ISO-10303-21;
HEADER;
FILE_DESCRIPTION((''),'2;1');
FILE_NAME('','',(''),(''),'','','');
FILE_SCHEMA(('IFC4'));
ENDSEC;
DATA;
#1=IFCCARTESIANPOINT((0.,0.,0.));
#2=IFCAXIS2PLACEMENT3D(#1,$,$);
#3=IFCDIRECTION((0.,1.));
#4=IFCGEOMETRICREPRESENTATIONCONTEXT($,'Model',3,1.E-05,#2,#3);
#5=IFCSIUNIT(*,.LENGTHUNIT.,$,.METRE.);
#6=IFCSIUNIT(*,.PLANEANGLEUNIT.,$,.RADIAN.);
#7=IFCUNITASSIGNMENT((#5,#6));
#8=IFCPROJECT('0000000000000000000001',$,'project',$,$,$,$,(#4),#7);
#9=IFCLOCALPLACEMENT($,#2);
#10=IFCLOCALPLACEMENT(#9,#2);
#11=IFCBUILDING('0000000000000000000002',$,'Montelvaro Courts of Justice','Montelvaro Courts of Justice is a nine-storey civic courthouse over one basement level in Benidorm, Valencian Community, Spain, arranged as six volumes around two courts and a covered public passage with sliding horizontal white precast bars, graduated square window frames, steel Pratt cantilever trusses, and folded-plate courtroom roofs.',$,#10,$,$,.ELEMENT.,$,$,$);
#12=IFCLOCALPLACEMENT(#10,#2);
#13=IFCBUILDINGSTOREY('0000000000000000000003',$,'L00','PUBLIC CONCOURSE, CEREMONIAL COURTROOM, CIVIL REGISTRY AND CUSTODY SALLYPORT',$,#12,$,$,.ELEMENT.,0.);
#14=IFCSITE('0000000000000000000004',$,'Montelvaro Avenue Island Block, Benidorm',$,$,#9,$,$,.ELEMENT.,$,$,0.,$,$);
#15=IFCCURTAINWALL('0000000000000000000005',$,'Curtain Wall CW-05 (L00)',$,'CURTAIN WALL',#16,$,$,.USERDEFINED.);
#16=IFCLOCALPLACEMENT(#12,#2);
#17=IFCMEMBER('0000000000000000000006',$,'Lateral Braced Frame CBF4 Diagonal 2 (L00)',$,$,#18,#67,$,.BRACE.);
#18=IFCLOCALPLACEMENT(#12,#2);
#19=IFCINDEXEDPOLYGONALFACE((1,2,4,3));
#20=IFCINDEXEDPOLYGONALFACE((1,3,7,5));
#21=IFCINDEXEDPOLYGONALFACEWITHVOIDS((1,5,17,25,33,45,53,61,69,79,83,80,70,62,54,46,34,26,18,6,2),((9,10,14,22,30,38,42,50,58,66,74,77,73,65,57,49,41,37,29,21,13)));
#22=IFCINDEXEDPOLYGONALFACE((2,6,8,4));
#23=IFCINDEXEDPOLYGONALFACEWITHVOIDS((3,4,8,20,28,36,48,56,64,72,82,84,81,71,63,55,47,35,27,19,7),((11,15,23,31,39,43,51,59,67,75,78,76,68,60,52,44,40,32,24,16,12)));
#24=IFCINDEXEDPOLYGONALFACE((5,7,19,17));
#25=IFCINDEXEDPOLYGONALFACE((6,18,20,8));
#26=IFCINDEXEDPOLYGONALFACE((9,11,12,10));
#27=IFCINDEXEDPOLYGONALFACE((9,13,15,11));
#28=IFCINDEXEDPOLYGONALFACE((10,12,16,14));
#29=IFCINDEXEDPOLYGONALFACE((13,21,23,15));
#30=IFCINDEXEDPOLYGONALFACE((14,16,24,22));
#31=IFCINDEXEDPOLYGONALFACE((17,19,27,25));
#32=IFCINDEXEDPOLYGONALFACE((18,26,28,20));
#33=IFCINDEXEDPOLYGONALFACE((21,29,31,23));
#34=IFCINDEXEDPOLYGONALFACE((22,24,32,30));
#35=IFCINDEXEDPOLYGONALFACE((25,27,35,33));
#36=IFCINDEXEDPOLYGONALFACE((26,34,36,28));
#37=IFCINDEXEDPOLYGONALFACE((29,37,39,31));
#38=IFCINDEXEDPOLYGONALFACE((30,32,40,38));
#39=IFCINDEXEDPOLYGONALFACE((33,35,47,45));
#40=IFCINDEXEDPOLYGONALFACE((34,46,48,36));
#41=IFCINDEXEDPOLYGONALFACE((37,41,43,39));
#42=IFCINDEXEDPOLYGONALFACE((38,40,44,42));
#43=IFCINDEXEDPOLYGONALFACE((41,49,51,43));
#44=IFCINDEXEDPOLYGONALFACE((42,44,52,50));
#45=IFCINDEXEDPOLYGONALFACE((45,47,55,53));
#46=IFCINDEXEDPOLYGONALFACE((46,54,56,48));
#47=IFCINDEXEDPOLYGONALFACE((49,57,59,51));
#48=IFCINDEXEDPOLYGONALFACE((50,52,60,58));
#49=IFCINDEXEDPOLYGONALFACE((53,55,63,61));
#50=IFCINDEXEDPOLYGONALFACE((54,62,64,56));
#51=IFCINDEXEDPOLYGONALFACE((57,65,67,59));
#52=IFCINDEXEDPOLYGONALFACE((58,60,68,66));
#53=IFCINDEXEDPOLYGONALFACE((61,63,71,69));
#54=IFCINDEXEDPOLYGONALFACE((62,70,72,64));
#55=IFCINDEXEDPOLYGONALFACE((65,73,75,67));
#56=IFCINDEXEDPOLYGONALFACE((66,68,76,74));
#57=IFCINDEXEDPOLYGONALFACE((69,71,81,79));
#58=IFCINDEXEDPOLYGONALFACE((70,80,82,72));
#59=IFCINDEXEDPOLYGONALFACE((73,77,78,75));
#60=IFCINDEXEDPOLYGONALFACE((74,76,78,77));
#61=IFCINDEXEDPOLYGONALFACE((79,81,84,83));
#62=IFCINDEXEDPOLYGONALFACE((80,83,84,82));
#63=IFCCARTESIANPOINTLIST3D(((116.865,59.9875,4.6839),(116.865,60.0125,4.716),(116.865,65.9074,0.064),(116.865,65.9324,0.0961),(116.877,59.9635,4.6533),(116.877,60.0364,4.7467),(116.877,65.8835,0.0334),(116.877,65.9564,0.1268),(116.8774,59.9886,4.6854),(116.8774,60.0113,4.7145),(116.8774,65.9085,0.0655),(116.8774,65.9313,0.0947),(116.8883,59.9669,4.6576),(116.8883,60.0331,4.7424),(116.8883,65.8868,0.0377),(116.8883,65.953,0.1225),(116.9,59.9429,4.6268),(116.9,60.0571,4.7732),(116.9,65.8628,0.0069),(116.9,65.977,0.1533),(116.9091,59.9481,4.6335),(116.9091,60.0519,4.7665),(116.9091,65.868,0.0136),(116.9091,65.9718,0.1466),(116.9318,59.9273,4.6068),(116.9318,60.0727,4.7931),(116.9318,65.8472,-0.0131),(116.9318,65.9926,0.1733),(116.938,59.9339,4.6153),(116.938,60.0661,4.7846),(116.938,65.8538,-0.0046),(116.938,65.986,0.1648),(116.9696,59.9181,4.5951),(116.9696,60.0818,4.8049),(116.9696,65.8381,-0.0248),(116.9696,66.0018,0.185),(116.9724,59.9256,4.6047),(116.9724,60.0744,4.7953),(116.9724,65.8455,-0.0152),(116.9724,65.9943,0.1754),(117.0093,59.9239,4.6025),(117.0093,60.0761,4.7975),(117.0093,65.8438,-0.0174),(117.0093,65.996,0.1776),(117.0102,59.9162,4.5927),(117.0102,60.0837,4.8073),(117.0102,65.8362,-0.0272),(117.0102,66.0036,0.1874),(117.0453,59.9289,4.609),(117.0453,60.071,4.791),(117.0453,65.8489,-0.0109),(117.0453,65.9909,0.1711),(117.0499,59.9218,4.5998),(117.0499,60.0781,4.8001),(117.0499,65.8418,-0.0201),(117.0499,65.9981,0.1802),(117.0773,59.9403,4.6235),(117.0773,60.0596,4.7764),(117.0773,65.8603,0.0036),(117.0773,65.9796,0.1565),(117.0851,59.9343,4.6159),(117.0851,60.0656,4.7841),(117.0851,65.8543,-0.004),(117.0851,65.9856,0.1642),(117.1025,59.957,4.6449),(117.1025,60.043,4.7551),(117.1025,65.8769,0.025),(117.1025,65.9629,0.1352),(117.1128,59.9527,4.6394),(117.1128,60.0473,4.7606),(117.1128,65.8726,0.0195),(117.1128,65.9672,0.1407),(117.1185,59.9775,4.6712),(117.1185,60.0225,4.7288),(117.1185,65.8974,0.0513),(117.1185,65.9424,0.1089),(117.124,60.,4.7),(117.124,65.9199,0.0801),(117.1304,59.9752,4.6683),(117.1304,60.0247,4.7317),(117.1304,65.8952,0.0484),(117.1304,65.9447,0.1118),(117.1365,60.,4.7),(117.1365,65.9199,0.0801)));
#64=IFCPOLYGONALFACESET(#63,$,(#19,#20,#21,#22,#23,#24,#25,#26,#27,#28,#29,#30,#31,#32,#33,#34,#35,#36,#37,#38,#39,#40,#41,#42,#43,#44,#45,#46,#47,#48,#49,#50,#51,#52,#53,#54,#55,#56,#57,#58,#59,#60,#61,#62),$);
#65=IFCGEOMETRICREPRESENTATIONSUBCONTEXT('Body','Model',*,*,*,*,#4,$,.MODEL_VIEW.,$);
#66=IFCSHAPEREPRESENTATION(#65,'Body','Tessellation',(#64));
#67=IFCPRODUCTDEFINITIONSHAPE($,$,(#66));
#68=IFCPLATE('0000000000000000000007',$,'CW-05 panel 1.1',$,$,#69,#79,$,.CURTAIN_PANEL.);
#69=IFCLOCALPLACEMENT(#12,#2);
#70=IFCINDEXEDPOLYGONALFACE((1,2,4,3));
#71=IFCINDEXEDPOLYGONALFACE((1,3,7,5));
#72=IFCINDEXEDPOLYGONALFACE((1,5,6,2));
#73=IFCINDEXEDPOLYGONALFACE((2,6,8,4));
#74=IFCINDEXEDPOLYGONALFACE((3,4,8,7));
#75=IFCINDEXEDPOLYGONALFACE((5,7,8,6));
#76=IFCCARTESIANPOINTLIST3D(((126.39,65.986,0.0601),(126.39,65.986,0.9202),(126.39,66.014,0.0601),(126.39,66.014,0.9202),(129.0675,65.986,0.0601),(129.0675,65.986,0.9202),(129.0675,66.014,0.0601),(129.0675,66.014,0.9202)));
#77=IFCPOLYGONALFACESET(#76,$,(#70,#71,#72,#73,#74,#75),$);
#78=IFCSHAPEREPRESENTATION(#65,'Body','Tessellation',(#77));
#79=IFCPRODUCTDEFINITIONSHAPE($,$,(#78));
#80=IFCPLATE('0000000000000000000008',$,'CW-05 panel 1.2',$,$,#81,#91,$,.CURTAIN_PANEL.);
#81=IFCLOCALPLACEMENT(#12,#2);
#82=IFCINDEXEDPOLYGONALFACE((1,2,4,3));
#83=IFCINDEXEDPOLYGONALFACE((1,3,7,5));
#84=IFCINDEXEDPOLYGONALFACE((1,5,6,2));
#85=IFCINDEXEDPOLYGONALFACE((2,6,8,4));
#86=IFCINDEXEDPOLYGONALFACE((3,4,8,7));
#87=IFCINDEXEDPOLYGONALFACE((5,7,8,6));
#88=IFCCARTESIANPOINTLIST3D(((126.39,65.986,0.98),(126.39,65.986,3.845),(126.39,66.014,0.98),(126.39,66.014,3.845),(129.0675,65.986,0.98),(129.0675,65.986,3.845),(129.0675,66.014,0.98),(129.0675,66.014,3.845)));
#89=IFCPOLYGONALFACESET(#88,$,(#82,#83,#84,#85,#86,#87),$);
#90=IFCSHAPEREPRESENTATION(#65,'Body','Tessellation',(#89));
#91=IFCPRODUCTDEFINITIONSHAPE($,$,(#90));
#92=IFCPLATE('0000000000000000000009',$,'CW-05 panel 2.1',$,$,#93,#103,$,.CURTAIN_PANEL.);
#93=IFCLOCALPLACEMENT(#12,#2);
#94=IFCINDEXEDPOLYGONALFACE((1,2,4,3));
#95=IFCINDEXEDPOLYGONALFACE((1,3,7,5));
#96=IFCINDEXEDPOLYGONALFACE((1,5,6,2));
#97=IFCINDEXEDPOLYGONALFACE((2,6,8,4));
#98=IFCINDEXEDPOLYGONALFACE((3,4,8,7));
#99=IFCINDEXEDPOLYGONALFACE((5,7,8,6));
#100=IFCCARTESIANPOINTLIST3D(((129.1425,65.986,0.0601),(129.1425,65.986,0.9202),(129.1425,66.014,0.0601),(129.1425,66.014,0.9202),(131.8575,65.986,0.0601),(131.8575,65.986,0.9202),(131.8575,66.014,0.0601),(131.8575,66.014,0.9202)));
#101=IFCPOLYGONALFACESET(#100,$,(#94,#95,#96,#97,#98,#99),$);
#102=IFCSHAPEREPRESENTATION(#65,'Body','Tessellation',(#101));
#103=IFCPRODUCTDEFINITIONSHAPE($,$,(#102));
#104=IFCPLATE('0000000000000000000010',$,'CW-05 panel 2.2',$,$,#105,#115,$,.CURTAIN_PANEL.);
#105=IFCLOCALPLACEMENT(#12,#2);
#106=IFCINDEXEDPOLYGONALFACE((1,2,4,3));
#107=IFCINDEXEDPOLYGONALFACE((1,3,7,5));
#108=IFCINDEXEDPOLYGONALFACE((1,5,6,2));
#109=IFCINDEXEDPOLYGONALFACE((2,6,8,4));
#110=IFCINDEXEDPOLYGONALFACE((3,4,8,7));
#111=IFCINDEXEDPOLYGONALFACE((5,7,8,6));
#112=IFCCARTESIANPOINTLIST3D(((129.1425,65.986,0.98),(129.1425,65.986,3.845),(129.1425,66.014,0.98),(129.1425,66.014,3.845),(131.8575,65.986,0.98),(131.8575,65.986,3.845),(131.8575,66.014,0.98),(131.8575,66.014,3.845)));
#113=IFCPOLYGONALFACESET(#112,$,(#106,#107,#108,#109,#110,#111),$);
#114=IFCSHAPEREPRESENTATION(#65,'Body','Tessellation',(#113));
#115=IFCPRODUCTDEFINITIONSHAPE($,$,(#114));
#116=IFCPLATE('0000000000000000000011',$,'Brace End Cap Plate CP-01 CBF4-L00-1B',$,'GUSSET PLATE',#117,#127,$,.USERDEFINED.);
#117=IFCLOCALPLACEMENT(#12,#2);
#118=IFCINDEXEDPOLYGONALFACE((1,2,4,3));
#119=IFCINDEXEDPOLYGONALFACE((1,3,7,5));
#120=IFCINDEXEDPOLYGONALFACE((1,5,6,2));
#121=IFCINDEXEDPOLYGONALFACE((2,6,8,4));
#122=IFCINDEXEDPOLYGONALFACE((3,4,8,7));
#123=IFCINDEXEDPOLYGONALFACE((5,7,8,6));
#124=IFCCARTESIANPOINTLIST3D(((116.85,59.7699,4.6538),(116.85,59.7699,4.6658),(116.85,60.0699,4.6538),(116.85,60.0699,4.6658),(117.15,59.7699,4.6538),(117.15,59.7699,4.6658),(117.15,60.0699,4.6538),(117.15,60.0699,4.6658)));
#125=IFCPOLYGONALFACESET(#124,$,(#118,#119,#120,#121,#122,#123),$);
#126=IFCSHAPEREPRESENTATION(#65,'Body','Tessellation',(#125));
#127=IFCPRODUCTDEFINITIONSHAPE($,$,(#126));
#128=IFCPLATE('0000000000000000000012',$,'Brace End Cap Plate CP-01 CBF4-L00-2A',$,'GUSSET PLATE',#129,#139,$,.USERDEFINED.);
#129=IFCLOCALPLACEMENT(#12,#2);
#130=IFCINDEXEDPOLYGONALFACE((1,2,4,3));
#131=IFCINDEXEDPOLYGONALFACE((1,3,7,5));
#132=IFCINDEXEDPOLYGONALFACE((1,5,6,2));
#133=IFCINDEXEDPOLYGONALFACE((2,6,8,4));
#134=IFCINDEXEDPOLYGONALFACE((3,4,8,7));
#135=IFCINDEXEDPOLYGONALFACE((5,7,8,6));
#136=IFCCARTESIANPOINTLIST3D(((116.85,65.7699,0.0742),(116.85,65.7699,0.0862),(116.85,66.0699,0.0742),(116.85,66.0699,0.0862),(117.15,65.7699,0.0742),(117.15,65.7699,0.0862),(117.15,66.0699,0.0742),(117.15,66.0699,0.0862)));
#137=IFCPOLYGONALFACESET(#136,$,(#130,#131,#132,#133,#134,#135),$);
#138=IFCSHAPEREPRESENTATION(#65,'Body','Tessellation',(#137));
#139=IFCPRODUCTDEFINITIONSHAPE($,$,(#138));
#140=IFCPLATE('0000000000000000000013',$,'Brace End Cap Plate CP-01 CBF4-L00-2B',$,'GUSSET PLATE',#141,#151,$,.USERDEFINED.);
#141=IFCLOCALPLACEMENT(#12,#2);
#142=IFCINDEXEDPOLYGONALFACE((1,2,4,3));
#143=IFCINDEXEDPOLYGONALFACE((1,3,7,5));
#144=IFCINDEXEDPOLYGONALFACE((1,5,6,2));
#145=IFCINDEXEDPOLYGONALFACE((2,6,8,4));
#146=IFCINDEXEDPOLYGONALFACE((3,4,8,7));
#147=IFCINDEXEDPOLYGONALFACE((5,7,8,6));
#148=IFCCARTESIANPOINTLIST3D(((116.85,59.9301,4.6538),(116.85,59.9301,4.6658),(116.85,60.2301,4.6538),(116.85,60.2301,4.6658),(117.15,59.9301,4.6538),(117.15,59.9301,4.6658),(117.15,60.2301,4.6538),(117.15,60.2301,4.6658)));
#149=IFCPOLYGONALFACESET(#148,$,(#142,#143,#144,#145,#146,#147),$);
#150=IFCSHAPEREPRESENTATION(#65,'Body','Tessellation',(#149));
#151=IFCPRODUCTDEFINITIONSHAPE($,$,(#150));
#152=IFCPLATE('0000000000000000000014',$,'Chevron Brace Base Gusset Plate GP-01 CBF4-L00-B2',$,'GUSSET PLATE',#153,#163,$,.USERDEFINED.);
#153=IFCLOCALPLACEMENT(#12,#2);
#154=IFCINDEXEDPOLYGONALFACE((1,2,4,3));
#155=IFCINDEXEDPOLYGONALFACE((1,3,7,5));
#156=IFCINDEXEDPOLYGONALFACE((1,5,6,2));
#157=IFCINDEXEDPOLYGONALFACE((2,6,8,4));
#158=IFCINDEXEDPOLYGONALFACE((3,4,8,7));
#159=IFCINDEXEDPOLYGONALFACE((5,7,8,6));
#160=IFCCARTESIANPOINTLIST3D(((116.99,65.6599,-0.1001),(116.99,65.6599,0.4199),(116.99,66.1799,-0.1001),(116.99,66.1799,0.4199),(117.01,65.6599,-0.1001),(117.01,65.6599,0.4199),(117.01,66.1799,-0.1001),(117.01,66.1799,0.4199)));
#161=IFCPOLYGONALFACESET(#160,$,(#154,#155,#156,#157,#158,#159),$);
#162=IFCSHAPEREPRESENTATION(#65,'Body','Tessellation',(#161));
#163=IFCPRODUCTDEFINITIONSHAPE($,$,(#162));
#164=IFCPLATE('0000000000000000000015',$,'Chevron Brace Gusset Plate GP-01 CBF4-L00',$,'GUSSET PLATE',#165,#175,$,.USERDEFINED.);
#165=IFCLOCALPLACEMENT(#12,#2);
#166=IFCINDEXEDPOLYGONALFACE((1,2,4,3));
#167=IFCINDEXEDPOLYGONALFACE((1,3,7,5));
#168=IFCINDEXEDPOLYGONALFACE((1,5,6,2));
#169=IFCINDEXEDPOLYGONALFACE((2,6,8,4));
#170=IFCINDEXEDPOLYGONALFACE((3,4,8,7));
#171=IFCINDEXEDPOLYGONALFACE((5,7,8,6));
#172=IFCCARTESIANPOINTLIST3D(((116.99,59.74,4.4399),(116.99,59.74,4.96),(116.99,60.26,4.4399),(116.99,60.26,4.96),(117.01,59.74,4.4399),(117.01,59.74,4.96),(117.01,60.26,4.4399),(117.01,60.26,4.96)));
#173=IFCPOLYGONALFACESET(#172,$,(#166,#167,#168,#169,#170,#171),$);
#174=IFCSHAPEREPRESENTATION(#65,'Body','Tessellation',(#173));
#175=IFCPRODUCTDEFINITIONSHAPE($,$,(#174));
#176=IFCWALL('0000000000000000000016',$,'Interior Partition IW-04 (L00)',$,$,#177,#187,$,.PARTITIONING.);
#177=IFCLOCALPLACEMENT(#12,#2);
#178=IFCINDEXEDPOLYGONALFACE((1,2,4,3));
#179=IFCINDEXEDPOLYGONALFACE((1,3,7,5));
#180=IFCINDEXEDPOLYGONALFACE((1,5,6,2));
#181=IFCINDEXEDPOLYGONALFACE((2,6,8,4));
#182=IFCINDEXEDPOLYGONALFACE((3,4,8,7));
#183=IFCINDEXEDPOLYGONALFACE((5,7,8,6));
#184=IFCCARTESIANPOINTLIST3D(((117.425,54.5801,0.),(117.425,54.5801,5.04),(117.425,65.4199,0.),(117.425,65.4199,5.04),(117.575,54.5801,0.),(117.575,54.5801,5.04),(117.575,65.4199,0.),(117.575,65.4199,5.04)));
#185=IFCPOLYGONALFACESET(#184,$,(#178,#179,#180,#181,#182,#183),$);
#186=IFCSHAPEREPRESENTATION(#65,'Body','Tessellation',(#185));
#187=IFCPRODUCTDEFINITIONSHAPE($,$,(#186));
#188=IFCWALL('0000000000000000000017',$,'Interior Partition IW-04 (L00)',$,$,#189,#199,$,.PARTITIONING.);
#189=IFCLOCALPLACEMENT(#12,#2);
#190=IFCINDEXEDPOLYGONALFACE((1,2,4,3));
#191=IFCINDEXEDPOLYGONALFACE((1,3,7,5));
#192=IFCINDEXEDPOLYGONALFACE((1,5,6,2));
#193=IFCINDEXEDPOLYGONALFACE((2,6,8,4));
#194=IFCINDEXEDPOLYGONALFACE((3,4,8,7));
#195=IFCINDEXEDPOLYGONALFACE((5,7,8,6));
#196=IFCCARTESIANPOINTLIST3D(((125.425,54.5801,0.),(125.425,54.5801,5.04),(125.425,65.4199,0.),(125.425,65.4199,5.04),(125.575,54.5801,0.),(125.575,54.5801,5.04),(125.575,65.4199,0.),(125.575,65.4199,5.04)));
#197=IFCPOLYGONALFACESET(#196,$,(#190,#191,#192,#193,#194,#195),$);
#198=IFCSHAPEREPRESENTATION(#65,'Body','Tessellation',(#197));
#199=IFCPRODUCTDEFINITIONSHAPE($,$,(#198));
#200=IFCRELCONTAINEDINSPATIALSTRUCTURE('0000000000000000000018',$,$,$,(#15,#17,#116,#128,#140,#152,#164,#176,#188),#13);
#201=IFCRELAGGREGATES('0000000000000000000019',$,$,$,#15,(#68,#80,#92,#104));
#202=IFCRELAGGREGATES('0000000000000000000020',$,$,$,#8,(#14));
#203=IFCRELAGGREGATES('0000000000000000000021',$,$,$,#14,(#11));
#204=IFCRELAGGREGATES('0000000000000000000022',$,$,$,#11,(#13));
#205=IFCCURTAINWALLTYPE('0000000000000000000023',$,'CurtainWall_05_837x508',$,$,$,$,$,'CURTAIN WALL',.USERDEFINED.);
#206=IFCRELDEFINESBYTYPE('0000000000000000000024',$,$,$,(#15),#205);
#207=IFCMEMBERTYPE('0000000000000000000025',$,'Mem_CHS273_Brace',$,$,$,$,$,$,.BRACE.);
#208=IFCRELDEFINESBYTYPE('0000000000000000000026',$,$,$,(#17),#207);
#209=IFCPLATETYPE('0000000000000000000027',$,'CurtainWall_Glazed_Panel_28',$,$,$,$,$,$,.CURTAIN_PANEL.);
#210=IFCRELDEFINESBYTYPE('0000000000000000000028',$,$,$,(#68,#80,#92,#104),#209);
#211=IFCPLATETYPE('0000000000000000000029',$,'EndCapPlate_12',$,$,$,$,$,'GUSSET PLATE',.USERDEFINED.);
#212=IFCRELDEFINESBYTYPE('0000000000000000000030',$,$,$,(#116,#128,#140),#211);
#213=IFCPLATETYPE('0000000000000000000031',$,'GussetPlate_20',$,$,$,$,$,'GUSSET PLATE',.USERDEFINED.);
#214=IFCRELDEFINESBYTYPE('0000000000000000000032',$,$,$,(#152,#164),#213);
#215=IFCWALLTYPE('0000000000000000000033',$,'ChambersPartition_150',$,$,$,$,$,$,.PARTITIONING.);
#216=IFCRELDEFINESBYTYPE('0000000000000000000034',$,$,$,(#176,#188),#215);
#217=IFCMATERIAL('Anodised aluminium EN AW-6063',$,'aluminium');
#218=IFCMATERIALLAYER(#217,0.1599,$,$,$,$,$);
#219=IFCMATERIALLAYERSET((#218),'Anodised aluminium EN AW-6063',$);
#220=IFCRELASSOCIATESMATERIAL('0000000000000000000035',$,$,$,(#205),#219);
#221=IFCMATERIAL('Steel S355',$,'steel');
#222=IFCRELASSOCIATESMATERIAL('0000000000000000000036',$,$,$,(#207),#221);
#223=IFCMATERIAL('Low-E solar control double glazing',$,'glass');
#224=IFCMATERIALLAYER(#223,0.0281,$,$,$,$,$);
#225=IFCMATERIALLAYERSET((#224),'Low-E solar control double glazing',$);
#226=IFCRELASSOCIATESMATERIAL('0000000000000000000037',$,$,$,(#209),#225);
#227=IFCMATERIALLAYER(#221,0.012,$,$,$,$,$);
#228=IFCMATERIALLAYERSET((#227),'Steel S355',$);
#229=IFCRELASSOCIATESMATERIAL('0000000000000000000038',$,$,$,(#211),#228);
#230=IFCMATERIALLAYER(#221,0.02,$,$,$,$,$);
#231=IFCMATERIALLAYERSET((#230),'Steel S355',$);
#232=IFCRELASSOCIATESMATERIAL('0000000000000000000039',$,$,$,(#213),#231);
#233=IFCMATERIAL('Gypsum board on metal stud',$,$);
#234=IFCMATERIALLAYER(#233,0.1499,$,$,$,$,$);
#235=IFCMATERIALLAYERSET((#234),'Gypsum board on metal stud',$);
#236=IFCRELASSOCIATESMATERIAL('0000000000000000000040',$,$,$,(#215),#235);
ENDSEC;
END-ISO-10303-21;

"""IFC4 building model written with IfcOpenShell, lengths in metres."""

from ifc_helpers import new_model, si_unit, direction, frame, frame_2d, origin, origin_2d, place, context, subcontext, project, spatial, rectangle, hollow_circle, extrude, material, layer, layer_set, material_profile, profile_set, type_object, element, aggregate, save


model = new_model("IFC4")

# Units and contexts
model_context = context("Model", 3, precision=1e-05, world=origin(), true_north=direction((0.0, 1.0)))
body_context = subcontext(model_context, "Body", "Model", "MODEL_VIEW")
ifc_project = project(units=[si_unit("LENGTHUNIT", "METRE"), si_unit("PLANEANGLEUNIT", "RADIAN")], contexts=[model_context])

# Site, building, storey
site_placement = place(None, origin())
site = spatial("IfcSite", under=ifc_project, at=site_placement, Name="Montelvaro Avenue Island Block, Benidorm", CompositionType="ELEMENT", RefElevation=0.0)
building_placement = place(site_placement, origin())
building = spatial("IfcBuilding", under=site, at=building_placement, Name="Montelvaro Courts of Justice", Description="Montelvaro Courts of Justice is a nine-storey civic courthouse over one basement level in Benidorm, Valencian Community, Spain, arranged as six volumes around two courts and a covered public passage with sliding horizontal white precast bars, graduated square window frames, steel Pratt cantilever trusses, and folded-plate courtroom roofs.", CompositionType="ELEMENT")
storey_placement = place(building_placement, origin())
storey = spatial("IfcBuildingStorey", under=building, at=storey_placement, Name="L00", Description="PUBLIC CONCOURSE, CEREMONIAL COURTROOM, CIVIL REGISTRY AND CUSTODY SALLYPORT", CompositionType="ELEMENT", Elevation=0.0)

# Shared definitions
ifc_material_1 = material(Name="Steel S355", Category="steel")

# Curtain wall
ifc_material_2 = material(Name="Anodised aluminium EN AW-6063", Category="aluminium")
ifc_layer_1 = layer(ifc_material_2, 0.1599)
ifc_layer_set_1 = layer_set([ifc_layer_1], Name="Anodised aluminium EN AW-6063")
curtain_wall_type = type_object("IfcCurtainWallType", Name="CurtainWall_05_837x508", ElementType="CURTAIN WALL", PredefinedType="USERDEFINED", material=ifc_layer_set_1)
curtain_wall_placement = place(storey_placement, origin())
curtain_wall = element("IfcCurtainWall", 1, at=curtain_wall_placement, inside=storey, type_object=curtain_wall_type, Name="Curtain Wall CW-05 (L00)", ObjectType="CURTAIN WALL", PredefinedType="USERDEFINED")

# Member
ifc_material_profile_1 = material_profile(ifc_material_1, hollow_circle(Radius=0.1365, WallThickness=0.0125, at=origin_2d()), Name="CHS 273x12.5")
ifc_profile_set_1 = profile_set([ifc_material_profile_1], Name="Steel S355")
member_type_1 = type_object("IfcMemberType", Name="Mem_CHS273_Brace", PredefinedType="BRACE", material=ifc_profile_set_1)
member_1_placement = place(storey_placement, frame((117.0, 65.9199, 0.0801), z_axis=(0.0, -0.788352, 0.615225), x_axis=(1.0, 0.0, 0.0)))
element("IfcMember", 2, at=member_1_placement, inside=storey, type_object=member_type_1, Name="Lateral Braced Frame CBF4 Diagonal 2 (L00)", PredefinedType="BRACE", context=body_context, shape_type="SweptSolid", body=[
    extrude(hollow_circle(Radius=0.1365, WallThickness=0.0125, at=origin_2d()), origin(), (0.0, 0.0, 1.0), 7.5093),
])

# Plates
ifc_material_3 = material(Name="Low-E solar control double glazing", Category="glass")
ifc_layer_2 = layer(ifc_material_3, 0.0281)
ifc_layer_set_2 = layer_set([ifc_layer_2], Name="Low-E solar control double glazing")
plate_type_1 = type_object("IfcPlateType", Name="CurtainWall_Glazed_Panel_28", PredefinedType="CURTAIN_PANEL", material=ifc_layer_set_2)
plate_1_placement = place(storey_placement, frame((127.7288, 66.0, 0.0601), z_axis=(0.0, 0.0, 1.0), x_axis=(1.0, 0.0, 0.0)))
plate_1 = element("IfcPlate", 3, at=plate_1_placement, type_object=plate_type_1, Name="CW-05 panel 1.1", PredefinedType="CURTAIN_PANEL", context=body_context, shape_type="SweptSolid", body=[
    extrude(rectangle(XDim=2.6775, YDim=0.0281, at=origin_2d()), origin(), (0.0, 0.0, 1.0), 0.8601),
])
plate_2_placement = place(storey_placement, frame((127.7288, 66.0, 0.98), z_axis=(0.0, 0.0, 1.0), x_axis=(1.0, 0.0, 0.0)))
plate_2 = element("IfcPlate", 4, at=plate_2_placement, type_object=plate_type_1, Name="CW-05 panel 1.2", PredefinedType="CURTAIN_PANEL", context=body_context, shape_type="SweptSolid", body=[
    extrude(rectangle(XDim=2.6775, YDim=0.0281, at=origin_2d()), origin(), (0.0, 0.0, 1.0), 2.865),
])
plate_3_placement = place(storey_placement, frame((130.5, 66.0, 0.0601), z_axis=(0.0, 0.0, 1.0), x_axis=(1.0, 0.0, 0.0)))
plate_3 = element("IfcPlate", 5, at=plate_3_placement, type_object=plate_type_1, Name="CW-05 panel 2.1", PredefinedType="CURTAIN_PANEL", context=body_context, shape_type="SweptSolid", body=[
    extrude(rectangle(XDim=2.7151, YDim=0.0281, at=origin_2d()), origin(), (0.0, 0.0, 1.0), 0.8601),
])
plate_4_placement = place(storey_placement, frame((130.5, 66.0, 0.98), z_axis=(0.0, 0.0, 1.0), x_axis=(1.0, 0.0, 0.0)))
plate_4 = element("IfcPlate", 6, at=plate_4_placement, type_object=plate_type_1, Name="CW-05 panel 2.2", PredefinedType="CURTAIN_PANEL", context=body_context, shape_type="SweptSolid", body=[
    extrude(rectangle(XDim=2.7151, YDim=0.0281, at=origin_2d()), origin(), (0.0, 0.0, 1.0), 2.865),
])
aggregate(curtain_wall, [plate_1, plate_2, plate_3, plate_4])

# Plates
ifc_layer_3 = layer(ifc_material_1, 0.012)
ifc_layer_set_3 = layer_set([ifc_layer_3], Name="Steel S355")
plate_type_2 = type_object("IfcPlateType", Name="EndCapPlate_12", ElementType="GUSSET PLATE", PredefinedType="USERDEFINED", material=ifc_layer_set_3)
for number, where, z_axis, x_axis, name in (
    (7, (117.0, 59.9199, 4.6538), (0.0, 0.0, 1.0), (1.0, 0.0, 0.0), "Brace End Cap Plate CP-01 CBF4-L00-1B"),
    (8, (117.0, 65.9199, 0.0742), (0.0, 0.0, 1.0), (1.0, 0.0, 0.0), "Brace End Cap Plate CP-01 CBF4-L00-2A"),
    (9, (117.0, 60.0801, 4.6538), (0.0, 0.0, 1.0), (1.0, 0.0, 0.0), "Brace End Cap Plate CP-01 CBF4-L00-2B"),
):
    element("IfcPlate", number, at=place(storey_placement, frame(where, z_axis=z_axis, x_axis=x_axis)), inside=storey, type_object=plate_type_2, Name=name, ObjectType="GUSSET PLATE", PredefinedType="USERDEFINED", context=body_context, shape_type="SweptSolid", body=[
        extrude(rectangle(XDim=0.3, YDim=0.3, at=origin_2d()), origin(), (0.0, 0.0, 1.0), 0.012),
    ])
ifc_layer_4 = layer(ifc_material_1, 0.02)
ifc_layer_set_4 = layer_set([ifc_layer_4], Name="Steel S355")
plate_type_3 = type_object("IfcPlateType", Name="GussetPlate_20", ElementType="GUSSET PLATE", PredefinedType="USERDEFINED", material=ifc_layer_set_4)
for number, where, z_axis, x_axis, name in (
    (10, (117.0, 65.9199, -0.1001), (0.0, 0.0, 1.0), (1.0, 0.0, 0.0), "Chevron Brace Base Gusset Plate GP-01 CBF4-L00-B2"),
    (11, (117.0, 60.0, 4.4399), (0.0, 0.0, 1.0), (1.0, 0.0, 0.0), "Chevron Brace Gusset Plate GP-01 CBF4-L00"),
):
    element("IfcPlate", number, at=place(storey_placement, frame(where, z_axis=z_axis, x_axis=x_axis)), inside=storey, type_object=plate_type_3, Name=name, ObjectType="GUSSET PLATE", PredefinedType="USERDEFINED", context=body_context, shape_type="SweptSolid", body=[
        extrude(rectangle(XDim=0.02, YDim=0.52, at=origin_2d()), origin(), (0.0, 0.0, 1.0), 0.52),
    ])

# Walls
ifc_material_4 = material(Name="Gypsum board on metal stud")
ifc_layer_5 = layer(ifc_material_4, 0.1499)
ifc_layer_set_5 = layer_set([ifc_layer_5], Name="Gypsum board on metal stud")
wall_type_1 = type_object("IfcWallType", Name="ChambersPartition_150", PredefinedType="PARTITIONING", material=ifc_layer_set_5)
for number, where, z_axis, x_axis, name in (
    (12, (117.5, 54.5801, 0.0), (0.0, 0.0, 1.0), (0.0, 1.0, 0.0), "Interior Partition IW-04 (L00)"),
    (13, (125.5, 65.4199, 0.0), (0.0, 0.0, 1.0), (0.0, -1.0, 0.0), "Interior Partition IW-04 (L00)"),
):
    element("IfcWall", number, at=place(storey_placement, frame(where, z_axis=z_axis, x_axis=x_axis)), inside=storey, type_object=wall_type_1, Name=name, PredefinedType="PARTITIONING", context=body_context, shape_type="SweptSolid", body=[
        extrude(rectangle(XDim=10.8398, YDim=0.1499, at=frame_2d((5.4199, 0.0))), origin(), (0.0, 0.0, 1.0), 5.04),
    ])

save(model, "model.ifc")
